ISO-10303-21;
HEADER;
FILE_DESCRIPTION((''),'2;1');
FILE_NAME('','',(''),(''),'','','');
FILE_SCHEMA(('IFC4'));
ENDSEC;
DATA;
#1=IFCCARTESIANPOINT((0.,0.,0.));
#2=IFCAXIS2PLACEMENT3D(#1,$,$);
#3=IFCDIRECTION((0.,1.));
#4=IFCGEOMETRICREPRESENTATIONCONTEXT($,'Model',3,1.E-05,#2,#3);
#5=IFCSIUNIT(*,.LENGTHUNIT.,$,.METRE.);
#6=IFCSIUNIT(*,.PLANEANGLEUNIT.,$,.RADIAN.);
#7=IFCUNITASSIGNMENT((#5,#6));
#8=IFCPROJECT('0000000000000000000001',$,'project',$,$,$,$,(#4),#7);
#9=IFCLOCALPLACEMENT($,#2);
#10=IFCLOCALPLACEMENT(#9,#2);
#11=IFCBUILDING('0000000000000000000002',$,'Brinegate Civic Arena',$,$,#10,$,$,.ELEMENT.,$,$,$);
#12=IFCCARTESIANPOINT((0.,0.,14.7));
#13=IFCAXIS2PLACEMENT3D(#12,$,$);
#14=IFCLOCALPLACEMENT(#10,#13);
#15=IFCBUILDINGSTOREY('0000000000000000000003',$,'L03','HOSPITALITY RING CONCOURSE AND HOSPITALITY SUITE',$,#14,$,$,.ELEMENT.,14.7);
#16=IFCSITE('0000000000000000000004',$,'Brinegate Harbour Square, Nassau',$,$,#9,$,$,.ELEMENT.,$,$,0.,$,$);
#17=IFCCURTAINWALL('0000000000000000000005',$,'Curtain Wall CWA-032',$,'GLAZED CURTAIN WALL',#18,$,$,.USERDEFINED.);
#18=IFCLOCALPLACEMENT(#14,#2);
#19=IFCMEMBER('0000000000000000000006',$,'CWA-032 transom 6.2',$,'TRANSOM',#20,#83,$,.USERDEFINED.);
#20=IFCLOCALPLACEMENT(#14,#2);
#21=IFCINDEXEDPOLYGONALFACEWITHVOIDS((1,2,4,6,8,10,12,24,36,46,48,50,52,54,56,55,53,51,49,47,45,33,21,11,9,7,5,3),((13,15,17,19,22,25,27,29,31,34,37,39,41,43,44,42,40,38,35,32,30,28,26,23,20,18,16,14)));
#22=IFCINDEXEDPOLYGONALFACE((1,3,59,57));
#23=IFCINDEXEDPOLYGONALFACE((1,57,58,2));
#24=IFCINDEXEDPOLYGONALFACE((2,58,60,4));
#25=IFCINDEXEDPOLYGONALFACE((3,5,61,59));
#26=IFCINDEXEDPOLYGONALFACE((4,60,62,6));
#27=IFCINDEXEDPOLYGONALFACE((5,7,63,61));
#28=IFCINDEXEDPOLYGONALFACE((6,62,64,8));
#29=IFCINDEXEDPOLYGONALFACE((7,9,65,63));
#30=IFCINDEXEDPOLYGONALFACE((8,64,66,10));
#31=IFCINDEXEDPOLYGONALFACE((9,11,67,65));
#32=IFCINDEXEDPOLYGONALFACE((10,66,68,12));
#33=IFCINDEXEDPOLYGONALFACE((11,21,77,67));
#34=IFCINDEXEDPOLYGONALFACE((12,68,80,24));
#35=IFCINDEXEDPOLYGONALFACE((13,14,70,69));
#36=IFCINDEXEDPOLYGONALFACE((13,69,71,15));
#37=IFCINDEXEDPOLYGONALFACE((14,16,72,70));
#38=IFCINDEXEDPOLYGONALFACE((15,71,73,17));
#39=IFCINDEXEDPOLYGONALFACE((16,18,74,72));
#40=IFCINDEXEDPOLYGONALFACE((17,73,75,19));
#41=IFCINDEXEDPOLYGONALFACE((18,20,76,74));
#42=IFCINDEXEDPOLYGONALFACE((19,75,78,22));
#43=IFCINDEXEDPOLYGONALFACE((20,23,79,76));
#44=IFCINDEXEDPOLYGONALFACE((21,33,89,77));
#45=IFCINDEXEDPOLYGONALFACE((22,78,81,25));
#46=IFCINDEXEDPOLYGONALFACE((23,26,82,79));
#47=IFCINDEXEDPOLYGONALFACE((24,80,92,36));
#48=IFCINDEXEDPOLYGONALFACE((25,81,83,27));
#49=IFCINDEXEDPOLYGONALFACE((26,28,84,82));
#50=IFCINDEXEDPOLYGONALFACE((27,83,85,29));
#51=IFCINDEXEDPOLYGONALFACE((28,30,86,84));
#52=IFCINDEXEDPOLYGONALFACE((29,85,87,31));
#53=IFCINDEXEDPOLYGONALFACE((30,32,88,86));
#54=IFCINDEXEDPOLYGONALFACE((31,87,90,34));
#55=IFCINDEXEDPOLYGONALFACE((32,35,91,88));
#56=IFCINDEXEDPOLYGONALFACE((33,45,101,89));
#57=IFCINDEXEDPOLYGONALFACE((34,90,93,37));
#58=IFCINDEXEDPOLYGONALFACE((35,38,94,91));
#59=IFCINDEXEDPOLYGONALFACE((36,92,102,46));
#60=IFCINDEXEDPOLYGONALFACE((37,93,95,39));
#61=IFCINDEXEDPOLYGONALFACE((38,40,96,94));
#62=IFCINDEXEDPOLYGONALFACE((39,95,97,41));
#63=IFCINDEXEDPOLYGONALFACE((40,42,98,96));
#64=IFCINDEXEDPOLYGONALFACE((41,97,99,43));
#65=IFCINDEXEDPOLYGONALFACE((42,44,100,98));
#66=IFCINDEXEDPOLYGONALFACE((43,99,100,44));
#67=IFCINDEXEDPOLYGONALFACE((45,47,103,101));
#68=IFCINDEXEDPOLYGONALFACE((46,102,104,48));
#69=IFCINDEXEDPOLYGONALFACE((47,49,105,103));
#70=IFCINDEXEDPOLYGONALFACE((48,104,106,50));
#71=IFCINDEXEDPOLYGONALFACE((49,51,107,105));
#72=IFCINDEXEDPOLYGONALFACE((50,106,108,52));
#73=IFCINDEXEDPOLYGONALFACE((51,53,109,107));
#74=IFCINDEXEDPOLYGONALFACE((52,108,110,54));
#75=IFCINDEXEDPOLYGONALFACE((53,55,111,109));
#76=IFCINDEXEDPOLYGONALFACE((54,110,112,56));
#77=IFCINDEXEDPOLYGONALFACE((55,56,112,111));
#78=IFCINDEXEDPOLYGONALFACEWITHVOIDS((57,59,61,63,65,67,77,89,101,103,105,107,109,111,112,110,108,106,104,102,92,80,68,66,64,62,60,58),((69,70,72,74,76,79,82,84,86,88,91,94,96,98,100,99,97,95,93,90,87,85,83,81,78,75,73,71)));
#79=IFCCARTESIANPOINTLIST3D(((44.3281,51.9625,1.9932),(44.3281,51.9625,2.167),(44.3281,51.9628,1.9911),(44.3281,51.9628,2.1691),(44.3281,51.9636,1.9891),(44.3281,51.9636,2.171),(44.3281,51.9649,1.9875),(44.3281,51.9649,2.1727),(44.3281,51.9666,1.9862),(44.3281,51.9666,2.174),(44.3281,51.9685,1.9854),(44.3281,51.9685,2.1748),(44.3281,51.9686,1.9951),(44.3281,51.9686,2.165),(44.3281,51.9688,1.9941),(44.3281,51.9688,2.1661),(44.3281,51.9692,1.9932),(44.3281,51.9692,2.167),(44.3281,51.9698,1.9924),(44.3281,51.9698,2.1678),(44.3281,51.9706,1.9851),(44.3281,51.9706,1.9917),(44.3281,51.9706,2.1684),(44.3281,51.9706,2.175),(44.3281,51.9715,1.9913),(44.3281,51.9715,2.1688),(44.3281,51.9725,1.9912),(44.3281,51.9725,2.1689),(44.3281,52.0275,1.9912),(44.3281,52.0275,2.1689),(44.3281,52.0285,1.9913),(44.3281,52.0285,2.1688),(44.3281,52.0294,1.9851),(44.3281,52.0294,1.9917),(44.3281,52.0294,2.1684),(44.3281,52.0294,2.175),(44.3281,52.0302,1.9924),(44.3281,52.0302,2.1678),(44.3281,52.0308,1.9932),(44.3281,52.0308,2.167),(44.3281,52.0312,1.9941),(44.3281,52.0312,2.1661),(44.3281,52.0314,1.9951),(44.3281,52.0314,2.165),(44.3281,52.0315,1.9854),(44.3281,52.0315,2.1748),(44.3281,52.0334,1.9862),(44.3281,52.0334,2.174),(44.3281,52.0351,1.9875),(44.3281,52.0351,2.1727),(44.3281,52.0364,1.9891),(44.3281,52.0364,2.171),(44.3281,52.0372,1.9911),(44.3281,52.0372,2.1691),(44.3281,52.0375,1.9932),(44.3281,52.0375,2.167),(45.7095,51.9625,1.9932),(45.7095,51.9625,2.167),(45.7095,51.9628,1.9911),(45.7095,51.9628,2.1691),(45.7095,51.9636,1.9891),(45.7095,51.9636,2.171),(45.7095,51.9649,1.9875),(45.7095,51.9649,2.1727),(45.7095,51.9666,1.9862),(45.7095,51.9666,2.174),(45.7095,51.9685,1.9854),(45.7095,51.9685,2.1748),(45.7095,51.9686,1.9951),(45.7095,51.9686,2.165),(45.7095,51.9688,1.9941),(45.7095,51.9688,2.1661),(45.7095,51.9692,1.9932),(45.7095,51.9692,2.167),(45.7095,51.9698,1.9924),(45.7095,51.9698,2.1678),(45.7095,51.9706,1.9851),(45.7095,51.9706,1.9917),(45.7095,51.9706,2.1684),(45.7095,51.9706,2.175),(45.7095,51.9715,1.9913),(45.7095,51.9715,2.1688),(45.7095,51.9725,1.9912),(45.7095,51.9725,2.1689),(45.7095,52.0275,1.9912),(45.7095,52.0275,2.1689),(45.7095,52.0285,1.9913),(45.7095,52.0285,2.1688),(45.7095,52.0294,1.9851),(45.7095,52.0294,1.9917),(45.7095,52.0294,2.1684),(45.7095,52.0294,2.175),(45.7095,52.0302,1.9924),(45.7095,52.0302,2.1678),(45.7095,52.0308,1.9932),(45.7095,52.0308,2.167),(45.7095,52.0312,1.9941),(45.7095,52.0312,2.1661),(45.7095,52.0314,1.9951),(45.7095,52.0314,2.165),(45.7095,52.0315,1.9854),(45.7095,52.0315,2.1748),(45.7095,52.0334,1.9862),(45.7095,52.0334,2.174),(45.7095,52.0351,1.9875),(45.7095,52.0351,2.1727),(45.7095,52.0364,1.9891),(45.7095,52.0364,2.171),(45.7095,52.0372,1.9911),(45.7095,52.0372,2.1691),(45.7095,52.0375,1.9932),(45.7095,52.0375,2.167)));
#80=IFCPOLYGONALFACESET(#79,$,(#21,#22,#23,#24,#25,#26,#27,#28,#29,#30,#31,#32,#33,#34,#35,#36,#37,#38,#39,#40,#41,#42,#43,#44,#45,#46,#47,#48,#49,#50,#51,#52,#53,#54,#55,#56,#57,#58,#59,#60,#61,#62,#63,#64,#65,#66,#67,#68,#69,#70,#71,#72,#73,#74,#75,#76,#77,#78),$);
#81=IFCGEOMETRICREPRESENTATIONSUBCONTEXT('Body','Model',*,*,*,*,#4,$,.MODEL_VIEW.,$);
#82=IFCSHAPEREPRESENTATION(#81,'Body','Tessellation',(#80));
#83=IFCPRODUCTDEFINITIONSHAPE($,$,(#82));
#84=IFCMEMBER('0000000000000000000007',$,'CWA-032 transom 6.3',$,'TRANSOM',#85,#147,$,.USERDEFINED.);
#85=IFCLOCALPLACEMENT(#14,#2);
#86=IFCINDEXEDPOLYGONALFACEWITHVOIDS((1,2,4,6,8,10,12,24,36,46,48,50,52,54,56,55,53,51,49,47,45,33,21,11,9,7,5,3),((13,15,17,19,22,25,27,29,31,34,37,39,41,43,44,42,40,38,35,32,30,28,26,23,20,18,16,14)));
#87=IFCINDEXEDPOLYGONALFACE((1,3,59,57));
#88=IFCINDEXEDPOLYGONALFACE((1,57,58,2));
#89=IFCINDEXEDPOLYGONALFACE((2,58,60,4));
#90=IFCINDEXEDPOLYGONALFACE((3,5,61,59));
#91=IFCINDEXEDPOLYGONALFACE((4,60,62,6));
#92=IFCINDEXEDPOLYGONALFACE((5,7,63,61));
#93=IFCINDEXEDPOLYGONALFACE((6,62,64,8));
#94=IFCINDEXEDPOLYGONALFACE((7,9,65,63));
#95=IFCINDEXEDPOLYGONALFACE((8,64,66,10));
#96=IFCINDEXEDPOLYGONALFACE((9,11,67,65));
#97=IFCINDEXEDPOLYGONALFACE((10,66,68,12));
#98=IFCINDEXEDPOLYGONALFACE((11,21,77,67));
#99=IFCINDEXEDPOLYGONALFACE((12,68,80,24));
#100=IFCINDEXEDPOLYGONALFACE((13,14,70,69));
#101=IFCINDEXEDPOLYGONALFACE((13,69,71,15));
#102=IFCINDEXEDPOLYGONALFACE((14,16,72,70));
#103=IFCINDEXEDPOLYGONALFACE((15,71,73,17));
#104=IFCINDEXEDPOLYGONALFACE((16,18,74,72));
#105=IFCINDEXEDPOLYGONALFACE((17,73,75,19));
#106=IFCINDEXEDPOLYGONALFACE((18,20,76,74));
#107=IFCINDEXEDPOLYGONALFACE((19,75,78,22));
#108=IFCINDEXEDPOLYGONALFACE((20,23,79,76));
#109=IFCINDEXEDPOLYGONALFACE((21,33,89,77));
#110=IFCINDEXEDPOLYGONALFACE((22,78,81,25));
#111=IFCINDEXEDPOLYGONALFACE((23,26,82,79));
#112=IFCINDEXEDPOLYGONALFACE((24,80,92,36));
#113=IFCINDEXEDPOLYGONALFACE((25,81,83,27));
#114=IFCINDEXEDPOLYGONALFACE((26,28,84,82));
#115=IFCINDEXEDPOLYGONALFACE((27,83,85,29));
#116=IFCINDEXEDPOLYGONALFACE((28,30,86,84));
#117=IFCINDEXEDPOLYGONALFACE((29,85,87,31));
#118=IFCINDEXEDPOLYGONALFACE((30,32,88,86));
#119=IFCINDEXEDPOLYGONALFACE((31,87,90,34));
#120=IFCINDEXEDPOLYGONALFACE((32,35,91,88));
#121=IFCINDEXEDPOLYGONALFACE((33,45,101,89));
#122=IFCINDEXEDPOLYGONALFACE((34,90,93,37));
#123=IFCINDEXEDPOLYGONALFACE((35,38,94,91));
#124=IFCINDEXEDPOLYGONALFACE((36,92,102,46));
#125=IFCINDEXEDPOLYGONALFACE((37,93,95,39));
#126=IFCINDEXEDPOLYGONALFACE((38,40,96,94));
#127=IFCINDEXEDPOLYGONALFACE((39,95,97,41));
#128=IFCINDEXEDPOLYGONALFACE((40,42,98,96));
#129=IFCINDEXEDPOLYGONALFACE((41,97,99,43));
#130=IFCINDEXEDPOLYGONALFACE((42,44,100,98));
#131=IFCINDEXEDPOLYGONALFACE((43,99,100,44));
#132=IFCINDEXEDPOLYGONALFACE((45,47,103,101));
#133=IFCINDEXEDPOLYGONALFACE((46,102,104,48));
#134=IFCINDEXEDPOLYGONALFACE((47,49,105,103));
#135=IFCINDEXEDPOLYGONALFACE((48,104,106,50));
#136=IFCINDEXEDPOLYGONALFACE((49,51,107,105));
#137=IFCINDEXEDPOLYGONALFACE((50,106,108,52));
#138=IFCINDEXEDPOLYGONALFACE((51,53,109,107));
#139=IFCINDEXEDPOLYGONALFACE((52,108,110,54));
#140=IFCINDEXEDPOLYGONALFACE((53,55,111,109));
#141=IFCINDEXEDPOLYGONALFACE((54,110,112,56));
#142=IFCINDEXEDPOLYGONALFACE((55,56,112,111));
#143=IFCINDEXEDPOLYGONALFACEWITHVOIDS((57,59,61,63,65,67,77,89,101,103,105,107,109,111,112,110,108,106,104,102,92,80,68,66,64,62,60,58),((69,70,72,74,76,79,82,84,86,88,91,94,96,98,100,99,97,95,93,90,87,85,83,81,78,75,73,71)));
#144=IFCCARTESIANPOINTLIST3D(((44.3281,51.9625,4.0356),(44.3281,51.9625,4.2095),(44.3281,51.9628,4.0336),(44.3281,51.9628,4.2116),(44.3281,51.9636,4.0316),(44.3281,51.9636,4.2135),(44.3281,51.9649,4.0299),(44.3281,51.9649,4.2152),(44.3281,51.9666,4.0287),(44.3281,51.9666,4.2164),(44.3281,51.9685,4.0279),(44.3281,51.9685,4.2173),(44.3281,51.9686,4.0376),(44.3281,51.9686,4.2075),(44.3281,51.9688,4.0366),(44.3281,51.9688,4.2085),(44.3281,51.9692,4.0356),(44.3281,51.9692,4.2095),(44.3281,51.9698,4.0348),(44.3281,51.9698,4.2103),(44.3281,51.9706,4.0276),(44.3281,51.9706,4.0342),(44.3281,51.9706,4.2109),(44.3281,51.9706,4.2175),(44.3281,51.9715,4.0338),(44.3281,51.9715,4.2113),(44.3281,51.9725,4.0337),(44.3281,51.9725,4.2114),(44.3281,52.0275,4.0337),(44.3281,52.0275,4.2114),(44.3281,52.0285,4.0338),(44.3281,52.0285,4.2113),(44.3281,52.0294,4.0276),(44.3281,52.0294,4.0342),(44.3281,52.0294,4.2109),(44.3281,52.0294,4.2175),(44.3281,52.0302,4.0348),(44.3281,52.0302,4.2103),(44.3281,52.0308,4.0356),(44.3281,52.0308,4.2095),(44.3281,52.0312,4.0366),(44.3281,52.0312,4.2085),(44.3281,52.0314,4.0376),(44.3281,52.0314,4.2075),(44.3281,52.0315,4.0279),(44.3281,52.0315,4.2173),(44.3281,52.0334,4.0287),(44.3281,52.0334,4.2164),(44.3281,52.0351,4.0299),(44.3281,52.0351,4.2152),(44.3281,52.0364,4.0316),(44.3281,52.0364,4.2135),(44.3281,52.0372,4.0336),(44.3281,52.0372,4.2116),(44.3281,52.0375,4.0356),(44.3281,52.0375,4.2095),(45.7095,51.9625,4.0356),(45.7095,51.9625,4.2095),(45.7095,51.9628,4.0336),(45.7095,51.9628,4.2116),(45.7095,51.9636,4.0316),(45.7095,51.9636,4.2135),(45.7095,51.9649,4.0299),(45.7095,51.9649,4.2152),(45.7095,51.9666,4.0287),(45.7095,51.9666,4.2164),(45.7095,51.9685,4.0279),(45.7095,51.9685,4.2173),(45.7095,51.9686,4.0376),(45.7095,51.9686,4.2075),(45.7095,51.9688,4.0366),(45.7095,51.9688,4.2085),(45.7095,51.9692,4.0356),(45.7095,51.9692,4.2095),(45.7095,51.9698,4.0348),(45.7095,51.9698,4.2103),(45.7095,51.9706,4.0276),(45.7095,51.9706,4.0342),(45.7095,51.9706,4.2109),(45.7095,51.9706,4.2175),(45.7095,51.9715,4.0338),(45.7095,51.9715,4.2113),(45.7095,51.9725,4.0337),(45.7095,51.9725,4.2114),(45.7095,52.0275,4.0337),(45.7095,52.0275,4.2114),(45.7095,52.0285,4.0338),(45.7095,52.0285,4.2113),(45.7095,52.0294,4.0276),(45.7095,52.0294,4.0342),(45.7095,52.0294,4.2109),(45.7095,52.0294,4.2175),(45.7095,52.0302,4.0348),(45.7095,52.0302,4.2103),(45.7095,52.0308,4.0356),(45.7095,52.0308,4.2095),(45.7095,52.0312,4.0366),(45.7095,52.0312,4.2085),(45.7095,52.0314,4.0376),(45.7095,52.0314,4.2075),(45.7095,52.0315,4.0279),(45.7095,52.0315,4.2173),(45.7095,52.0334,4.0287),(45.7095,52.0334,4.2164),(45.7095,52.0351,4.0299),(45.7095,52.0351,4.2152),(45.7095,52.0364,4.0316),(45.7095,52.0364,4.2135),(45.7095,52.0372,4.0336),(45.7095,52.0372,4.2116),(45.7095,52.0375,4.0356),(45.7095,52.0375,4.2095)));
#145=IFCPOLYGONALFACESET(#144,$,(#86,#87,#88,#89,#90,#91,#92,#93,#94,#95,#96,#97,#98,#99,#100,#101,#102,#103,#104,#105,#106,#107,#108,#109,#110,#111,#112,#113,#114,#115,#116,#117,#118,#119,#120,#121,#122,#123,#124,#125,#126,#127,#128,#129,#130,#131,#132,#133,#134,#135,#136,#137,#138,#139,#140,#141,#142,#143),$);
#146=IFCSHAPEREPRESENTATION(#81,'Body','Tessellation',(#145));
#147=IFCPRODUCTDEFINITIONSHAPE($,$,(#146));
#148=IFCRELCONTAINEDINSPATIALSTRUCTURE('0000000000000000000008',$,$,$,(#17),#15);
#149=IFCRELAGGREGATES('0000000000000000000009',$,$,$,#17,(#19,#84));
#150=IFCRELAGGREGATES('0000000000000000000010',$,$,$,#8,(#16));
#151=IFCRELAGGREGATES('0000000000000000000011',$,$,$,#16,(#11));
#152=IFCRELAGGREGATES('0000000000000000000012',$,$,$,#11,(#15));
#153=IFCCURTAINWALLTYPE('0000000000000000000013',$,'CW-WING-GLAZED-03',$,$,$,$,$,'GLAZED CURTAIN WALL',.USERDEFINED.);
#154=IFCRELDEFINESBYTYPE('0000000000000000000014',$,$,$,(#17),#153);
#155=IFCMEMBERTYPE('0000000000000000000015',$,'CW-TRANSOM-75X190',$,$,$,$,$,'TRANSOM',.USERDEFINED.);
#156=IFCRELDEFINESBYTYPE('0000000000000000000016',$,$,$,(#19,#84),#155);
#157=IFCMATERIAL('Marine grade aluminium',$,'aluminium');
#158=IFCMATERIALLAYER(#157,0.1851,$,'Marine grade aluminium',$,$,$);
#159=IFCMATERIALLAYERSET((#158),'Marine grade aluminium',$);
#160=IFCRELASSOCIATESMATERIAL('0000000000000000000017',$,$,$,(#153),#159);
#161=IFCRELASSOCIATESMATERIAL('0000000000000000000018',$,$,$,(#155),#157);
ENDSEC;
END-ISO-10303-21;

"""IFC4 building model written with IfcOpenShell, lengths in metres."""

from ifc_helpers import new_model, si_unit, direction, frame, origin, origin_2d, place, context, subcontext, project, spatial, hollow_rectangle, extrude, material, layer, layer_set, material_profile, profile_set, type_object, element, aggregate, save


model = new_model("IFC4")

# Units and contexts
model_context = context("Model", 3, precision=1e-05, world=origin(), true_north=direction((0.0, 1.0)))
body_context = subcontext(model_context, "Body", "Model", "MODEL_VIEW")
ifc_project = project(units=[si_unit("LENGTHUNIT", "METRE"), si_unit("PLANEANGLEUNIT", "RADIAN")], contexts=[model_context])

# Site, building, storey
site_placement = place(None, origin())
site = spatial("IfcSite", under=ifc_project, at=site_placement, Name="Brinegate Harbour Square, Nassau", CompositionType="ELEMENT", RefElevation=0.0)
building_placement = place(site_placement, origin())
building = spatial("IfcBuilding", under=site, at=building_placement, Name="Brinegate Civic Arena", CompositionType="ELEMENT")
storey_placement = place(building_placement, frame((0.0, 0.0, 14.7)))
storey = spatial("IfcBuildingStorey", under=building, at=storey_placement, Name="L03", Description="HOSPITALITY RING CONCOURSE AND HOSPITALITY SUITE", CompositionType="ELEMENT", Elevation=14.7)

# Curtain wall, members
ifc_material_1 = material(Name="Marine grade aluminium", Category="aluminium")
ifc_layer_1 = layer(ifc_material_1, 0.1851, Name="Marine grade aluminium")
ifc_layer_set_1 = layer_set([ifc_layer_1], Name="Marine grade aluminium")
curtain_wall_type = type_object("IfcCurtainWallType", Name="CW-WING-GLAZED-03", ElementType="GLAZED CURTAIN WALL", PredefinedType="USERDEFINED", material=ifc_layer_set_1)
curtain_wall_placement = place(storey_placement, origin())
curtain_wall = element("IfcCurtainWall", 1, at=curtain_wall_placement, inside=storey, type_object=curtain_wall_type, Name="Curtain Wall CWA-032", ObjectType="GLAZED CURTAIN WALL", PredefinedType="USERDEFINED")
ifc_material_profile_1 = material_profile(ifc_material_1, hollow_rectangle(XDim=0.075, YDim=0.1899, WallThickness=0.0061, InnerFilletRadius=0.0039, OuterFilletRadius=0.0081, at=origin_2d()), Name="TRN75X190")
ifc_profile_set_1 = profile_set([ifc_material_profile_1], Name="Marine grade aluminium")
member_type_1 = type_object("IfcMemberType", Name="CW-TRANSOM-75X190", ElementType="TRANSOM", PredefinedType="USERDEFINED", material=ifc_profile_set_1)
member_1_placement = place(storey_placement, frame((44.3281, 52.0, 2.0801), z_axis=(1.0, 0.0, 0.0), x_axis=(0.0, 1.0, 0.0)))
member_1 = element("IfcMember", 2, at=member_1_placement, type_object=member_type_1, Name="CWA-032 transom 6.2", ObjectType="TRANSOM", PredefinedType="USERDEFINED", context=body_context, shape_type="SweptSolid", body=[
    extrude(hollow_rectangle(XDim=0.075, YDim=0.1899, WallThickness=0.0061, InnerFilletRadius=0.0039, OuterFilletRadius=0.0081, at=origin_2d()), origin(), (0.0, 0.0, 1.0), 1.3813),
])
member_2_placement = place(storey_placement, frame((44.3281, 52.0, 4.1226), z_axis=(1.0, 0.0, 0.0), x_axis=(0.0, 1.0, 0.0)))
member_2 = element("IfcMember", 3, at=member_2_placement, type_object=member_type_1, Name="CWA-032 transom 6.3", ObjectType="TRANSOM", PredefinedType="USERDEFINED", context=body_context, shape_type="SweptSolid", body=[
    extrude(hollow_rectangle(XDim=0.075, YDim=0.1899, WallThickness=0.0061, InnerFilletRadius=0.0039, OuterFilletRadius=0.0081, at=origin_2d()), origin(), (0.0, 0.0, 1.0), 1.3813),
])
aggregate(curtain_wall, [member_1, member_2])

save(model, "model.ifc")
